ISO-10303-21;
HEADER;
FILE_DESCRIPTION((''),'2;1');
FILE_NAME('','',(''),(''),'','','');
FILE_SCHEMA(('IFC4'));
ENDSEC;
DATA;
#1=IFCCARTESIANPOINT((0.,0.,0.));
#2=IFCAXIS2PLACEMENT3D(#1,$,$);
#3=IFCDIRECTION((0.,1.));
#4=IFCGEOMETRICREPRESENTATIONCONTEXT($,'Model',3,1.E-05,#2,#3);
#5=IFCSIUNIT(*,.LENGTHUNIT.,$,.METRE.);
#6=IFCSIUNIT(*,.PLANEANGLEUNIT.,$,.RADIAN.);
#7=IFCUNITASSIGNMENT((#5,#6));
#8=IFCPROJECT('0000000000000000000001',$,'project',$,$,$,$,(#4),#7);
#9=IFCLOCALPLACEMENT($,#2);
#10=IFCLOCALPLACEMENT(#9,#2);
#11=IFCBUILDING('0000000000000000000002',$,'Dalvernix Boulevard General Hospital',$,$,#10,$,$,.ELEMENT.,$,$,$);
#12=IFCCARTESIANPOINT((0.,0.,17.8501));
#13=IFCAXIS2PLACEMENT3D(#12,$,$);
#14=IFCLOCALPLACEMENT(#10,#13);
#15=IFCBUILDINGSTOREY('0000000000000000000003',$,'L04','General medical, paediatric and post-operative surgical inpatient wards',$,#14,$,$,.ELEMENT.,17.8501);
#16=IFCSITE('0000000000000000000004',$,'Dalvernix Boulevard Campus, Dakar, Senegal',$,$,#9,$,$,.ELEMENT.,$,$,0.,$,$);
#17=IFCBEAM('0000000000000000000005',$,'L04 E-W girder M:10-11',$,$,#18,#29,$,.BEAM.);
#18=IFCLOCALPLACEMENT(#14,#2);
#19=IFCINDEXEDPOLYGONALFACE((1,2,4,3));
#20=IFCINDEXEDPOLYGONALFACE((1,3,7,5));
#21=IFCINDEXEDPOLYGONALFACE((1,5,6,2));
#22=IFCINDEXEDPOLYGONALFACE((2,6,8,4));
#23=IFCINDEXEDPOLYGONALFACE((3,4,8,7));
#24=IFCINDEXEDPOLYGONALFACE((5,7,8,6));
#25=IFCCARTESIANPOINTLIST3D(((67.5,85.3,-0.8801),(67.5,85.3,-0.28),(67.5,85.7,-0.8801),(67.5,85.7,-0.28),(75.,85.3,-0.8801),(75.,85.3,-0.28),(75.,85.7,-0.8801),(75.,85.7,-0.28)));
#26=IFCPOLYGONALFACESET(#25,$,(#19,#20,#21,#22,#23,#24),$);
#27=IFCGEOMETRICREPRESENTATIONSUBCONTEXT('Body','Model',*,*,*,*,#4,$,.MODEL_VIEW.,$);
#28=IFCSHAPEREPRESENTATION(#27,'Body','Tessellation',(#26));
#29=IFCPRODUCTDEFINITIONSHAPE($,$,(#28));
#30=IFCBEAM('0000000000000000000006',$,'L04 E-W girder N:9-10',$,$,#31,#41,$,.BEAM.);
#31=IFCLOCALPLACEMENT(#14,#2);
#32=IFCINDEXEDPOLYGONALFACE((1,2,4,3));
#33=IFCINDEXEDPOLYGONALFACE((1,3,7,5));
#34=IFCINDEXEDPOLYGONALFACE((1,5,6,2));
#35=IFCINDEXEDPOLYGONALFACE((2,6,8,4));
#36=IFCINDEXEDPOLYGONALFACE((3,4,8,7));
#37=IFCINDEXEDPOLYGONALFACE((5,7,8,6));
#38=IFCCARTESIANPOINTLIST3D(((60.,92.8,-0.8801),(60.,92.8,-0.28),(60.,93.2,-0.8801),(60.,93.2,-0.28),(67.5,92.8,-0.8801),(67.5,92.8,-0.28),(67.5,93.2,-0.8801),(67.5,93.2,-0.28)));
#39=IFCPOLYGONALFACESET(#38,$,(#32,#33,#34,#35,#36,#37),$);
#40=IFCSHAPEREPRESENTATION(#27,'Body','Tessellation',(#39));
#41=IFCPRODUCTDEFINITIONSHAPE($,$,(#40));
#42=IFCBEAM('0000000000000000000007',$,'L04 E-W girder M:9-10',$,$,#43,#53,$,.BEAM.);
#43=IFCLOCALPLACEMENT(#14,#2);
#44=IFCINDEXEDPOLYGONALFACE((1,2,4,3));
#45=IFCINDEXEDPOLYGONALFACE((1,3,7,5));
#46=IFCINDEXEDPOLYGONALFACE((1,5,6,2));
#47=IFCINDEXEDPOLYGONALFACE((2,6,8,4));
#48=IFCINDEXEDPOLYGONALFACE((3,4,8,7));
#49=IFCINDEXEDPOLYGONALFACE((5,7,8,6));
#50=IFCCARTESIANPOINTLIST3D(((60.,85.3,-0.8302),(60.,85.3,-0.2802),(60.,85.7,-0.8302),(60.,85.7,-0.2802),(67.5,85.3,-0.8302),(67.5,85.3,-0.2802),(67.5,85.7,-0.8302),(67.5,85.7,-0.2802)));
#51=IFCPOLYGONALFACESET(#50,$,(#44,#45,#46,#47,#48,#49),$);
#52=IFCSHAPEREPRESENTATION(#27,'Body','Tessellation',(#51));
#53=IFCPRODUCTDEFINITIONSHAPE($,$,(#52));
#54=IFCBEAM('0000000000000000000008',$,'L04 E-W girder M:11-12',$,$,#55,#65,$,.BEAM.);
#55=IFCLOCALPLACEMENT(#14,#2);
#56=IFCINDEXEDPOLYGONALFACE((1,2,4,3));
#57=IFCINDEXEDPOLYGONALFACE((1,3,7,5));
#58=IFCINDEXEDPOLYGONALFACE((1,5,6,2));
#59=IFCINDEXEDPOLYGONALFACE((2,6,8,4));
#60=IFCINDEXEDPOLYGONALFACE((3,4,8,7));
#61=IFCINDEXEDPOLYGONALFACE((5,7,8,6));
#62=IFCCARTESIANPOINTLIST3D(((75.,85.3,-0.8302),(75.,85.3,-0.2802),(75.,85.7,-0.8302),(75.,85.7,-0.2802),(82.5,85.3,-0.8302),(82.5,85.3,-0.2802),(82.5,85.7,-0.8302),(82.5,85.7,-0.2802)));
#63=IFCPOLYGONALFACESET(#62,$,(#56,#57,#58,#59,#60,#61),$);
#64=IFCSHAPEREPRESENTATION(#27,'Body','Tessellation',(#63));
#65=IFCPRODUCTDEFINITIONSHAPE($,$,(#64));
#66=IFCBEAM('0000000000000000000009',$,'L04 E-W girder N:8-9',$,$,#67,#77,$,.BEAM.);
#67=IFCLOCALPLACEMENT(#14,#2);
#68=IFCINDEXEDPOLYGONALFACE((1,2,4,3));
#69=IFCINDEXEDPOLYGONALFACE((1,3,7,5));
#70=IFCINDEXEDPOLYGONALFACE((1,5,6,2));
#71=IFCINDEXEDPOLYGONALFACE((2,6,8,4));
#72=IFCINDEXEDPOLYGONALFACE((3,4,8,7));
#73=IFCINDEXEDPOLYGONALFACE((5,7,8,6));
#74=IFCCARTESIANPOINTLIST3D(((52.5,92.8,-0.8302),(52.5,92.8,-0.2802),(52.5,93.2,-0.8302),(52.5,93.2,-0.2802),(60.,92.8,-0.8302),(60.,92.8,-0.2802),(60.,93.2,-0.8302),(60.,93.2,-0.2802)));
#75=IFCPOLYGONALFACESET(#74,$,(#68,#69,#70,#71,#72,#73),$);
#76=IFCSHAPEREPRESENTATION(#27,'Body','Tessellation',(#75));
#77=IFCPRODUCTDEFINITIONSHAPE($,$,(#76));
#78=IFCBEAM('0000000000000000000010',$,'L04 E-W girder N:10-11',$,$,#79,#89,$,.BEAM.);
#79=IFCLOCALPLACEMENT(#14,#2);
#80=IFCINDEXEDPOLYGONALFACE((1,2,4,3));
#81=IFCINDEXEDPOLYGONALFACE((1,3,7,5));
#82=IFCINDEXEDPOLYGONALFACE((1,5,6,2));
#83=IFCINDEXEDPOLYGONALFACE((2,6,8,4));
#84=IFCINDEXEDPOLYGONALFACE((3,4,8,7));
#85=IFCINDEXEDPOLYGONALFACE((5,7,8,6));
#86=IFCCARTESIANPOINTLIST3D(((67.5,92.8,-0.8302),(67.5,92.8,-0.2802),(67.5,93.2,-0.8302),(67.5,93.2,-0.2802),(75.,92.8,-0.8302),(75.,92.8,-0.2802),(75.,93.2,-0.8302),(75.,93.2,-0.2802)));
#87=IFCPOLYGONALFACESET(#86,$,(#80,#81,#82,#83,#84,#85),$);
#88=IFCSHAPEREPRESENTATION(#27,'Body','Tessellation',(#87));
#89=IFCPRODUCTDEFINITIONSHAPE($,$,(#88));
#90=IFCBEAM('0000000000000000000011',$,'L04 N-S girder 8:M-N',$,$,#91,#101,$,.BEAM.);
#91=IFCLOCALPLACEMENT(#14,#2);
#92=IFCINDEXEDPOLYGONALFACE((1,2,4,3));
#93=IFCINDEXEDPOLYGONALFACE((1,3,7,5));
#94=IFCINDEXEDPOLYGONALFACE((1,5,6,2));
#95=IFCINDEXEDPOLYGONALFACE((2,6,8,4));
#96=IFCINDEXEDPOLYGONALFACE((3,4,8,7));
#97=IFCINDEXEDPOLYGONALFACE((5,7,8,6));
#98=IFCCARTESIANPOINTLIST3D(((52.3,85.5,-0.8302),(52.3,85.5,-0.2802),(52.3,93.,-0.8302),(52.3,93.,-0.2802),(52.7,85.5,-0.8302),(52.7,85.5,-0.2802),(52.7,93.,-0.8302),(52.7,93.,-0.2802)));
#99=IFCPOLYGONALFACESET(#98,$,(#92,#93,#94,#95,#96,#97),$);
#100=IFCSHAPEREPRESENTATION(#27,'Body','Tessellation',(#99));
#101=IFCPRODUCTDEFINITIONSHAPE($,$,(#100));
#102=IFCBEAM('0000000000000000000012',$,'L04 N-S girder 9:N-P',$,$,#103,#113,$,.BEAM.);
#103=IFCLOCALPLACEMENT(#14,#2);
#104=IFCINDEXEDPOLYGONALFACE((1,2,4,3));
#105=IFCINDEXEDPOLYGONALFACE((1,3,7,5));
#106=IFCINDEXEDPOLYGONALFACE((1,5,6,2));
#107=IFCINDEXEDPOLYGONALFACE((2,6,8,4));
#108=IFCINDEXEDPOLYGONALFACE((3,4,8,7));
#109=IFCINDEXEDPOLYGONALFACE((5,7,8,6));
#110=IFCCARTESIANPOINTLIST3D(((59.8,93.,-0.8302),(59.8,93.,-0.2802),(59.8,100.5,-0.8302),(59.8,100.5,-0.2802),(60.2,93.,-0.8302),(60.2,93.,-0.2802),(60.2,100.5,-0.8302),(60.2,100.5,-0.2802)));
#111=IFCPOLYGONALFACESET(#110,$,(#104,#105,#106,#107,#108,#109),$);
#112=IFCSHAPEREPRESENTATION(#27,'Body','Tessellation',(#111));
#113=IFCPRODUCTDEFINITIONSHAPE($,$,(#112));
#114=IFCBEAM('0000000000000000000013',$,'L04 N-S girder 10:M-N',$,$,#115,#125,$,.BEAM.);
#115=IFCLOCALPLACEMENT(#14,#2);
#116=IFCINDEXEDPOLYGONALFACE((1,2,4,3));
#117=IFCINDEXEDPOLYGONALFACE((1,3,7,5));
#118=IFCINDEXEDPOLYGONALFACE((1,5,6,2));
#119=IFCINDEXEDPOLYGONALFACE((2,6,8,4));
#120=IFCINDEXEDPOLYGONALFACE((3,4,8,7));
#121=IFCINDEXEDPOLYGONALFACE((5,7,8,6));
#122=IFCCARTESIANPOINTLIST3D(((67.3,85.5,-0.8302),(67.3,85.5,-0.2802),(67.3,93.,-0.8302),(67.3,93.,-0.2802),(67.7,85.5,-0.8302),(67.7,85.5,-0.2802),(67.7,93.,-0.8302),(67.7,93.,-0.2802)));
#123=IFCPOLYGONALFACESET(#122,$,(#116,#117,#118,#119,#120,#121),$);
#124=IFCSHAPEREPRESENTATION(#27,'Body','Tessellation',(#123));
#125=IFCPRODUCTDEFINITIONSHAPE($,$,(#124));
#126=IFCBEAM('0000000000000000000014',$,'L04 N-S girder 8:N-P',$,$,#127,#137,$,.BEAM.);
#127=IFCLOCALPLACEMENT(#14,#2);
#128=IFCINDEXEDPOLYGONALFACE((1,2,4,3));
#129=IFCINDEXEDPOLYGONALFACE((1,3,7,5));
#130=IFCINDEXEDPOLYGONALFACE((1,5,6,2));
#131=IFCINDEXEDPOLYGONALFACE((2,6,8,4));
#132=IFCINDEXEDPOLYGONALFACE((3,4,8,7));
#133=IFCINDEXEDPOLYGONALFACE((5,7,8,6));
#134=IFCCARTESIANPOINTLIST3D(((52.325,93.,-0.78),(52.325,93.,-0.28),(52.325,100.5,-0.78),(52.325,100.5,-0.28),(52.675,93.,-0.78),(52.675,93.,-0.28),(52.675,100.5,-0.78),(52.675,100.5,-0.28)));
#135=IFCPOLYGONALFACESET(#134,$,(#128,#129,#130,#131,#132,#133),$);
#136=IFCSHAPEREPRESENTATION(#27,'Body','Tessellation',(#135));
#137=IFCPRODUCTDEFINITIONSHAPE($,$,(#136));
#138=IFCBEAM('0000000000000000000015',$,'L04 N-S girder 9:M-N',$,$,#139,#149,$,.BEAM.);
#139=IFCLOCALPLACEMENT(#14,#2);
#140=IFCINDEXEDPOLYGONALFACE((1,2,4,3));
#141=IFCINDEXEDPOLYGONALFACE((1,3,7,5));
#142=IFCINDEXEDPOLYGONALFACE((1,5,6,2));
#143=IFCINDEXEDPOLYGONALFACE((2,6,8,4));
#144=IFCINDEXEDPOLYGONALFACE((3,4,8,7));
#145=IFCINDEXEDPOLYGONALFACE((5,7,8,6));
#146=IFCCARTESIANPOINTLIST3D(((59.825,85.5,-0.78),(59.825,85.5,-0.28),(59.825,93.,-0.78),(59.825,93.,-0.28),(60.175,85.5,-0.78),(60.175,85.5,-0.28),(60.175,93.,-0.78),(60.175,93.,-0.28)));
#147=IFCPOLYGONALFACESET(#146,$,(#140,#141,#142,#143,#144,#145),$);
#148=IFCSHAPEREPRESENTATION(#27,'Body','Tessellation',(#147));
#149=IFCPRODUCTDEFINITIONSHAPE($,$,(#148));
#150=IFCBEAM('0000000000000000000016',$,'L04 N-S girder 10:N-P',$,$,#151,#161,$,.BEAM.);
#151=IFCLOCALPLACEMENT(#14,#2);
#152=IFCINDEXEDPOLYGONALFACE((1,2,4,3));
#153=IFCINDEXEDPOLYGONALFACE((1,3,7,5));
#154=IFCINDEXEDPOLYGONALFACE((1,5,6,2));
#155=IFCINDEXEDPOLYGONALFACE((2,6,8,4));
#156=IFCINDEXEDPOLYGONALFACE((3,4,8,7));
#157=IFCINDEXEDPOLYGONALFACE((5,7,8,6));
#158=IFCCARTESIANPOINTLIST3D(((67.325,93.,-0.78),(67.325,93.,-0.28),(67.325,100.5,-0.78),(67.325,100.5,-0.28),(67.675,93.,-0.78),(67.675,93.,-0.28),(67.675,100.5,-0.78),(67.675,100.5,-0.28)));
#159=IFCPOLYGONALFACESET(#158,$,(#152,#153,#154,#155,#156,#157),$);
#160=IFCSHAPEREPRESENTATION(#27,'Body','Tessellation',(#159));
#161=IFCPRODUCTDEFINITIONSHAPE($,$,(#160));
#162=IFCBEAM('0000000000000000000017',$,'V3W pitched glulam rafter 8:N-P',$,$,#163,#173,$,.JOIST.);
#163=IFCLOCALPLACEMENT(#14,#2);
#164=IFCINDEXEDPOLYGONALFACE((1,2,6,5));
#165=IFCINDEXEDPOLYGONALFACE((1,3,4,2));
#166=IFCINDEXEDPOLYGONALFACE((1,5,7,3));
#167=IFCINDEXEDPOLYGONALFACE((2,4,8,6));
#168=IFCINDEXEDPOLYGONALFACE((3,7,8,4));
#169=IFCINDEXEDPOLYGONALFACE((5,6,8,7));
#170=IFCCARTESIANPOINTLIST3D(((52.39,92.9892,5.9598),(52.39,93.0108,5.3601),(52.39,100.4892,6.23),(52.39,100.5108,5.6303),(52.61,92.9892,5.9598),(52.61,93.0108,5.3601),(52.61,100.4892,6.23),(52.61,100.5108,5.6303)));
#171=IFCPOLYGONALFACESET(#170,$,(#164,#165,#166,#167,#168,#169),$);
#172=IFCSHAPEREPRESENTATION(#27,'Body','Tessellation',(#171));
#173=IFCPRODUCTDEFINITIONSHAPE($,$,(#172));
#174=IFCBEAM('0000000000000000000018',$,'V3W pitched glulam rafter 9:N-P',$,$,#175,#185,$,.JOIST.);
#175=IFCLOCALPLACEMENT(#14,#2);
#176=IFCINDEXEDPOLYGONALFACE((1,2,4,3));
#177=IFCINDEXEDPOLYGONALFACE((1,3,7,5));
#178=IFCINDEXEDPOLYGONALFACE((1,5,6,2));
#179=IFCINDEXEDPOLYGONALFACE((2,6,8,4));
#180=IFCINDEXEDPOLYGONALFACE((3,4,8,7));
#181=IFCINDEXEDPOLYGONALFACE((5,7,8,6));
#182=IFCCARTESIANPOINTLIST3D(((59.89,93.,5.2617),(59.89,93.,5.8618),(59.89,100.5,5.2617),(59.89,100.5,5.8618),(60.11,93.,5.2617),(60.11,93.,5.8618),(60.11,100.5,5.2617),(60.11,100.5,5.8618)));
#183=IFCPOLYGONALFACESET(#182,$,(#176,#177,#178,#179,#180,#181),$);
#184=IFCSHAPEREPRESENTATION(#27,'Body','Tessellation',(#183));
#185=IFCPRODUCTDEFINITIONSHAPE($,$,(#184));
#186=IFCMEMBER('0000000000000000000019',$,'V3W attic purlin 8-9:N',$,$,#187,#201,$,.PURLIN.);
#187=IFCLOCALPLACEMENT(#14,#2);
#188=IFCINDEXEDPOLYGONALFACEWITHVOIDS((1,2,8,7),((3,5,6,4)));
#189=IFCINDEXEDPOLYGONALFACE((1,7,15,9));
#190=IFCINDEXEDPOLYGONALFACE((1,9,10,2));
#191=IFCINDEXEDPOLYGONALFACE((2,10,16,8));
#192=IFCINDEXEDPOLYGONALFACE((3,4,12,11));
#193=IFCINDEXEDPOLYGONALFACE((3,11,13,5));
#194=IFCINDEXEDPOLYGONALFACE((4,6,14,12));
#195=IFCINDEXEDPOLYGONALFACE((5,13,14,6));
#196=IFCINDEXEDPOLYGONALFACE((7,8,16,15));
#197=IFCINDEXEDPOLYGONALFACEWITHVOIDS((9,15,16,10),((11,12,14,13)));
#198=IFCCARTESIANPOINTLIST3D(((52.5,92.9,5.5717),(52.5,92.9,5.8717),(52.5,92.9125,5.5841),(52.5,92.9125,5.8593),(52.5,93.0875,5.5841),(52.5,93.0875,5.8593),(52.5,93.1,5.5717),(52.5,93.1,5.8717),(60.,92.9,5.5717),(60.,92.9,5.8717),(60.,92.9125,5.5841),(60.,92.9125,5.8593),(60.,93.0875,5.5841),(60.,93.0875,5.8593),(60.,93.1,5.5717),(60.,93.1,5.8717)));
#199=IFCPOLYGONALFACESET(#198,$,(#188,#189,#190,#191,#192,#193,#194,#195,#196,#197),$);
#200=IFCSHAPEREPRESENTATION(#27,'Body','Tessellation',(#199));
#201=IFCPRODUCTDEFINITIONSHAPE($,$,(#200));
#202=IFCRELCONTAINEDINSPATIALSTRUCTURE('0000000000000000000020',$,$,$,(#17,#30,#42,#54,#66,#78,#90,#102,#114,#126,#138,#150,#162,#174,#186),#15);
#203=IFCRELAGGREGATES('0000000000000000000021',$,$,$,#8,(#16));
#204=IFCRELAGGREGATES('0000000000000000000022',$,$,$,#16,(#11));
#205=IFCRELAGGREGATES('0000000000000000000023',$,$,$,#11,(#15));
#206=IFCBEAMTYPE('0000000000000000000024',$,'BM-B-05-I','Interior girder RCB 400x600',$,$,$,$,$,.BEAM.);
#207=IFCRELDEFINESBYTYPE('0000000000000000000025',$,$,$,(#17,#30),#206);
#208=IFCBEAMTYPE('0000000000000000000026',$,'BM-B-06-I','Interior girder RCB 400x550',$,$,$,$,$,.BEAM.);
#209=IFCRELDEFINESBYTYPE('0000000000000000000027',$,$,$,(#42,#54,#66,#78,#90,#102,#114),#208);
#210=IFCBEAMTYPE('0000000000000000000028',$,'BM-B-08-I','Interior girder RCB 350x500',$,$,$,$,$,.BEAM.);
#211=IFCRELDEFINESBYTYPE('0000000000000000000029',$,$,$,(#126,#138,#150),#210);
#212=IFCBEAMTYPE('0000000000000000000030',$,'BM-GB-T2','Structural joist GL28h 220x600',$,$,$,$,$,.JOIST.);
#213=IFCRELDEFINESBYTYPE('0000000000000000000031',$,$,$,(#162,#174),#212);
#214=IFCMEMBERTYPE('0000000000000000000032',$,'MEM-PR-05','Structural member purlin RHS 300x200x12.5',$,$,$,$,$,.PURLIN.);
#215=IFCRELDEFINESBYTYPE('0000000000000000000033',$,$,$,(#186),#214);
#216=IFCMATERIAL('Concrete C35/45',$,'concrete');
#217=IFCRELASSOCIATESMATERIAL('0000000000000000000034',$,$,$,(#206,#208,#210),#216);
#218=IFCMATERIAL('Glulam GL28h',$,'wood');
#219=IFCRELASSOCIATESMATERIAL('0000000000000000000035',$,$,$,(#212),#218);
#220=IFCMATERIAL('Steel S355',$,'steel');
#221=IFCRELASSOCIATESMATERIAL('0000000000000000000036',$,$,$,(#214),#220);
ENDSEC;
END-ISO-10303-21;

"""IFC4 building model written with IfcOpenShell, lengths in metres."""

from ifc_helpers import new_model, si_unit, direction, frame, origin, origin_2d, place, context, subcontext, project, spatial, rectangle, hollow_rectangle, extrude, material, material_profile, profile_set, type_object, element, save


model = new_model("IFC4")

# Units and contexts
model_context = context("Model", 3, precision=1e-05, world=origin(), true_north=direction((0.0, 1.0)))
body_context = subcontext(model_context, "Body", "Model", "MODEL_VIEW")
ifc_project = project(units=[si_unit("LENGTHUNIT", "METRE"), si_unit("PLANEANGLEUNIT", "RADIAN")], contexts=[model_context])

# Site, building, storey
site_placement = place(None, origin())
site = spatial("IfcSite", under=ifc_project, at=site_placement, Name="Dalvernix Boulevard Campus, Dakar, Senegal", CompositionType="ELEMENT", RefElevation=0.0)
building_placement = place(site_placement, origin())
building = spatial("IfcBuilding", under=site, at=building_placement, Name="Dalvernix Boulevard General Hospital", CompositionType="ELEMENT")
storey_placement = place(building_placement, frame((0.0, 0.0, 17.8501)))
storey = spatial("IfcBuildingStorey", under=building, at=storey_placement, Name="L04", Description="General medical, paediatric and post-operative surgical inpatient wards", CompositionType="ELEMENT", Elevation=17.8501)

# Shared definitions
ifc_material_1 = material(Name="Steel S355", Category="steel")

# Beams
ifc_material_2 = material(Name="Concrete C35/45", Category="concrete")
ifc_material_profile_1 = material_profile(ifc_material_2, rectangle(XDim=0.3999, YDim=0.6001, at=origin_2d()), Name="RCB 400x600")
ifc_profile_set_1 = profile_set([ifc_material_profile_1], Name="Concrete C35/45")
beam_type_1 = type_object("IfcBeamType", Name="BM-B-05-I", Description="Interior girder RCB 400x600", PredefinedType="BEAM", material=ifc_profile_set_1)
for number, where, z_axis, x_axis, name in (
    (1, (67.5, 85.5, -0.5801), (1.0, 0.0, 0.0), (0.0, 1.0, 0.0), "L04 E-W girder M:10-11"),
    (2, (60.0, 93.0, -0.5801), (1.0, 0.0, 0.0), (0.0, 1.0, 0.0), "L04 E-W girder N:9-10"),
):
    element("IfcBeam", number, at=place(storey_placement, frame(where, z_axis=z_axis, x_axis=x_axis)), inside=storey, type_object=beam_type_1, Name=name, PredefinedType="BEAM", context=body_context, shape_type="SweptSolid", body=[
        extrude(rectangle(XDim=0.3999, YDim=0.6001, at=origin_2d()), origin(), (0.0, 0.0, 1.0), 7.5),
    ])
ifc_material_profile_2 = material_profile(ifc_material_2, rectangle(XDim=0.3999, YDim=0.55, at=origin_2d()), Name="RCB 400x550")
ifc_profile_set_2 = profile_set([ifc_material_profile_2], Name="Concrete C35/45")
beam_type_2 = type_object("IfcBeamType", Name="BM-B-06-I", Description="Interior girder RCB 400x550", PredefinedType="BEAM", material=ifc_profile_set_2)
for number, where, z_axis, x_axis, name in (
    (3, (60.0, 85.5, -0.5552), (1.0, 0.0, 0.0), (0.0, 1.0, 0.0), "L04 E-W girder M:9-10"),
    (4, (75.0, 85.5, -0.5552), (1.0, 0.0, 0.0), (0.0, 1.0, 0.0), "L04 E-W girder M:11-12"),
    (5, (52.5, 93.0, -0.5552), (1.0, 0.0, 0.0), (0.0, 1.0, 0.0), "L04 E-W girder N:8-9"),
    (6, (67.5, 93.0, -0.5552), (1.0, 0.0, 0.0), (0.0, 1.0, 0.0), "L04 E-W girder N:10-11"),
    (7, (52.5, 85.5, -0.5552), (0.0, 1.0, 0.0), (-1.0, 0.0, 0.0), "L04 N-S girder 8:M-N"),
    (8, (60.0, 93.0, -0.5552), (0.0, 1.0, 0.0), (-1.0, 0.0, 0.0), "L04 N-S girder 9:N-P"),
    (9, (67.5, 85.5, -0.5552), (0.0, 1.0, 0.0), (-1.0, 0.0, 0.0), "L04 N-S girder 10:M-N"),
):
    element("IfcBeam", number, at=place(storey_placement, frame(where, z_axis=z_axis, x_axis=x_axis)), inside=storey, type_object=beam_type_2, Name=name, PredefinedType="BEAM", context=body_context, shape_type="SweptSolid", body=[
        extrude(rectangle(XDim=0.3999, YDim=0.55, at=origin_2d()), origin(), (0.0, 0.0, 1.0), 7.5),
    ])
ifc_material_profile_3 = material_profile(ifc_material_2, rectangle(XDim=0.3501, YDim=0.5, at=origin_2d()), Name="RCB 350x500")
ifc_profile_set_3 = profile_set([ifc_material_profile_3], Name="Concrete C35/45")
beam_type_3 = type_object("IfcBeamType", Name="BM-B-08-I", Description="Interior girder RCB 350x500", PredefinedType="BEAM", material=ifc_profile_set_3)
for number, where, z_axis, x_axis, name in (
    (10, (52.5, 93.0, -0.53), (0.0, 1.0, 0.0), (-1.0, 0.0, 0.0), "L04 N-S girder 8:N-P"),
    (11, (60.0, 85.5, -0.53), (0.0, 1.0, 0.0), (-1.0, 0.0, 0.0), "L04 N-S girder 9:M-N"),
    (12, (67.5, 93.0, -0.53), (0.0, 1.0, 0.0), (-1.0, 0.0, 0.0), "L04 N-S girder 10:N-P"),
):
    element("IfcBeam", number, at=place(storey_placement, frame(where, z_axis=z_axis, x_axis=x_axis)), inside=storey, type_object=beam_type_3, Name=name, PredefinedType="BEAM", context=body_context, shape_type="SweptSolid", body=[
        extrude(rectangle(XDim=0.3501, YDim=0.5, at=origin_2d()), origin(), (0.0, 0.0, 1.0), 7.5),
    ])
ifc_material_3 = material(Name="Glulam GL28h", Category="wood")
ifc_material_profile_4 = material_profile(ifc_material_3, rectangle(XDim=0.22, YDim=0.6001, at=origin_2d()), Name="GL28h 220x600")
ifc_profile_set_4 = profile_set([ifc_material_profile_4], Name="Glulam GL28h")
beam_type_4 = type_object("IfcBeamType", Name="BM-GB-T2", Description="Structural joist GL28h 220x600", PredefinedType="JOIST", material=ifc_profile_set_4)
beam_1_placement = place(storey_placement, frame((52.5, 93.0, 5.6599), z_axis=(0.0, 0.999351, 0.036012), x_axis=(-1.0, 0.0, 0.0)))
element("IfcBeam", 13, at=beam_1_placement, inside=storey, type_object=beam_type_4, Name="V3W pitched glulam rafter 8:N-P", PredefinedType="JOIST", context=body_context, shape_type="SweptSolid", body=[
    extrude(rectangle(XDim=0.22, YDim=0.6001, at=origin_2d()), origin(), (0.0, 0.0, 1.0), 7.5049),
])
beam_2_placement = place(storey_placement, frame((60.0, 93.0, 5.5618), z_axis=(0.0, 1.0, 0.0), x_axis=(-1.0, 0.0, 0.0)))
element("IfcBeam", 14, at=beam_2_placement, inside=storey, type_object=beam_type_4, Name="V3W pitched glulam rafter 9:N-P", PredefinedType="JOIST", context=body_context, shape_type="SweptSolid", body=[
    extrude(rectangle(XDim=0.22, YDim=0.6001, at=origin_2d()), origin(), (0.0, 0.0, 1.0), 7.5),
])

# Member
ifc_material_profile_5 = material_profile(ifc_material_1, hollow_rectangle(XDim=0.2, YDim=0.3, WallThickness=0.0125, at=origin_2d()), Name="RHS 300x200x12.5")
ifc_profile_set_5 = profile_set([ifc_material_profile_5], Name="Steel S355")
member_type = type_object("IfcMemberType", Name="MEM-PR-05", Description="Structural member purlin RHS 300x200x12.5", PredefinedType="PURLIN", material=ifc_profile_set_5)
member_placement = place(storey_placement, frame((52.5, 93.0, 5.7217), z_axis=(1.0, 0.0, 0.0), x_axis=(0.0, 1.0, 0.0)))
element("IfcMember", 15, at=member_placement, inside=storey, type_object=member_type, Name="V3W attic purlin 8-9:N", PredefinedType="PURLIN", context=body_context, shape_type="SweptSolid", body=[
    extrude(hollow_rectangle(XDim=0.2, YDim=0.3, WallThickness=0.0125, at=origin_2d()), origin(), (0.0, 0.0, 1.0), 7.5),
])

save(model, "model.ifc")
